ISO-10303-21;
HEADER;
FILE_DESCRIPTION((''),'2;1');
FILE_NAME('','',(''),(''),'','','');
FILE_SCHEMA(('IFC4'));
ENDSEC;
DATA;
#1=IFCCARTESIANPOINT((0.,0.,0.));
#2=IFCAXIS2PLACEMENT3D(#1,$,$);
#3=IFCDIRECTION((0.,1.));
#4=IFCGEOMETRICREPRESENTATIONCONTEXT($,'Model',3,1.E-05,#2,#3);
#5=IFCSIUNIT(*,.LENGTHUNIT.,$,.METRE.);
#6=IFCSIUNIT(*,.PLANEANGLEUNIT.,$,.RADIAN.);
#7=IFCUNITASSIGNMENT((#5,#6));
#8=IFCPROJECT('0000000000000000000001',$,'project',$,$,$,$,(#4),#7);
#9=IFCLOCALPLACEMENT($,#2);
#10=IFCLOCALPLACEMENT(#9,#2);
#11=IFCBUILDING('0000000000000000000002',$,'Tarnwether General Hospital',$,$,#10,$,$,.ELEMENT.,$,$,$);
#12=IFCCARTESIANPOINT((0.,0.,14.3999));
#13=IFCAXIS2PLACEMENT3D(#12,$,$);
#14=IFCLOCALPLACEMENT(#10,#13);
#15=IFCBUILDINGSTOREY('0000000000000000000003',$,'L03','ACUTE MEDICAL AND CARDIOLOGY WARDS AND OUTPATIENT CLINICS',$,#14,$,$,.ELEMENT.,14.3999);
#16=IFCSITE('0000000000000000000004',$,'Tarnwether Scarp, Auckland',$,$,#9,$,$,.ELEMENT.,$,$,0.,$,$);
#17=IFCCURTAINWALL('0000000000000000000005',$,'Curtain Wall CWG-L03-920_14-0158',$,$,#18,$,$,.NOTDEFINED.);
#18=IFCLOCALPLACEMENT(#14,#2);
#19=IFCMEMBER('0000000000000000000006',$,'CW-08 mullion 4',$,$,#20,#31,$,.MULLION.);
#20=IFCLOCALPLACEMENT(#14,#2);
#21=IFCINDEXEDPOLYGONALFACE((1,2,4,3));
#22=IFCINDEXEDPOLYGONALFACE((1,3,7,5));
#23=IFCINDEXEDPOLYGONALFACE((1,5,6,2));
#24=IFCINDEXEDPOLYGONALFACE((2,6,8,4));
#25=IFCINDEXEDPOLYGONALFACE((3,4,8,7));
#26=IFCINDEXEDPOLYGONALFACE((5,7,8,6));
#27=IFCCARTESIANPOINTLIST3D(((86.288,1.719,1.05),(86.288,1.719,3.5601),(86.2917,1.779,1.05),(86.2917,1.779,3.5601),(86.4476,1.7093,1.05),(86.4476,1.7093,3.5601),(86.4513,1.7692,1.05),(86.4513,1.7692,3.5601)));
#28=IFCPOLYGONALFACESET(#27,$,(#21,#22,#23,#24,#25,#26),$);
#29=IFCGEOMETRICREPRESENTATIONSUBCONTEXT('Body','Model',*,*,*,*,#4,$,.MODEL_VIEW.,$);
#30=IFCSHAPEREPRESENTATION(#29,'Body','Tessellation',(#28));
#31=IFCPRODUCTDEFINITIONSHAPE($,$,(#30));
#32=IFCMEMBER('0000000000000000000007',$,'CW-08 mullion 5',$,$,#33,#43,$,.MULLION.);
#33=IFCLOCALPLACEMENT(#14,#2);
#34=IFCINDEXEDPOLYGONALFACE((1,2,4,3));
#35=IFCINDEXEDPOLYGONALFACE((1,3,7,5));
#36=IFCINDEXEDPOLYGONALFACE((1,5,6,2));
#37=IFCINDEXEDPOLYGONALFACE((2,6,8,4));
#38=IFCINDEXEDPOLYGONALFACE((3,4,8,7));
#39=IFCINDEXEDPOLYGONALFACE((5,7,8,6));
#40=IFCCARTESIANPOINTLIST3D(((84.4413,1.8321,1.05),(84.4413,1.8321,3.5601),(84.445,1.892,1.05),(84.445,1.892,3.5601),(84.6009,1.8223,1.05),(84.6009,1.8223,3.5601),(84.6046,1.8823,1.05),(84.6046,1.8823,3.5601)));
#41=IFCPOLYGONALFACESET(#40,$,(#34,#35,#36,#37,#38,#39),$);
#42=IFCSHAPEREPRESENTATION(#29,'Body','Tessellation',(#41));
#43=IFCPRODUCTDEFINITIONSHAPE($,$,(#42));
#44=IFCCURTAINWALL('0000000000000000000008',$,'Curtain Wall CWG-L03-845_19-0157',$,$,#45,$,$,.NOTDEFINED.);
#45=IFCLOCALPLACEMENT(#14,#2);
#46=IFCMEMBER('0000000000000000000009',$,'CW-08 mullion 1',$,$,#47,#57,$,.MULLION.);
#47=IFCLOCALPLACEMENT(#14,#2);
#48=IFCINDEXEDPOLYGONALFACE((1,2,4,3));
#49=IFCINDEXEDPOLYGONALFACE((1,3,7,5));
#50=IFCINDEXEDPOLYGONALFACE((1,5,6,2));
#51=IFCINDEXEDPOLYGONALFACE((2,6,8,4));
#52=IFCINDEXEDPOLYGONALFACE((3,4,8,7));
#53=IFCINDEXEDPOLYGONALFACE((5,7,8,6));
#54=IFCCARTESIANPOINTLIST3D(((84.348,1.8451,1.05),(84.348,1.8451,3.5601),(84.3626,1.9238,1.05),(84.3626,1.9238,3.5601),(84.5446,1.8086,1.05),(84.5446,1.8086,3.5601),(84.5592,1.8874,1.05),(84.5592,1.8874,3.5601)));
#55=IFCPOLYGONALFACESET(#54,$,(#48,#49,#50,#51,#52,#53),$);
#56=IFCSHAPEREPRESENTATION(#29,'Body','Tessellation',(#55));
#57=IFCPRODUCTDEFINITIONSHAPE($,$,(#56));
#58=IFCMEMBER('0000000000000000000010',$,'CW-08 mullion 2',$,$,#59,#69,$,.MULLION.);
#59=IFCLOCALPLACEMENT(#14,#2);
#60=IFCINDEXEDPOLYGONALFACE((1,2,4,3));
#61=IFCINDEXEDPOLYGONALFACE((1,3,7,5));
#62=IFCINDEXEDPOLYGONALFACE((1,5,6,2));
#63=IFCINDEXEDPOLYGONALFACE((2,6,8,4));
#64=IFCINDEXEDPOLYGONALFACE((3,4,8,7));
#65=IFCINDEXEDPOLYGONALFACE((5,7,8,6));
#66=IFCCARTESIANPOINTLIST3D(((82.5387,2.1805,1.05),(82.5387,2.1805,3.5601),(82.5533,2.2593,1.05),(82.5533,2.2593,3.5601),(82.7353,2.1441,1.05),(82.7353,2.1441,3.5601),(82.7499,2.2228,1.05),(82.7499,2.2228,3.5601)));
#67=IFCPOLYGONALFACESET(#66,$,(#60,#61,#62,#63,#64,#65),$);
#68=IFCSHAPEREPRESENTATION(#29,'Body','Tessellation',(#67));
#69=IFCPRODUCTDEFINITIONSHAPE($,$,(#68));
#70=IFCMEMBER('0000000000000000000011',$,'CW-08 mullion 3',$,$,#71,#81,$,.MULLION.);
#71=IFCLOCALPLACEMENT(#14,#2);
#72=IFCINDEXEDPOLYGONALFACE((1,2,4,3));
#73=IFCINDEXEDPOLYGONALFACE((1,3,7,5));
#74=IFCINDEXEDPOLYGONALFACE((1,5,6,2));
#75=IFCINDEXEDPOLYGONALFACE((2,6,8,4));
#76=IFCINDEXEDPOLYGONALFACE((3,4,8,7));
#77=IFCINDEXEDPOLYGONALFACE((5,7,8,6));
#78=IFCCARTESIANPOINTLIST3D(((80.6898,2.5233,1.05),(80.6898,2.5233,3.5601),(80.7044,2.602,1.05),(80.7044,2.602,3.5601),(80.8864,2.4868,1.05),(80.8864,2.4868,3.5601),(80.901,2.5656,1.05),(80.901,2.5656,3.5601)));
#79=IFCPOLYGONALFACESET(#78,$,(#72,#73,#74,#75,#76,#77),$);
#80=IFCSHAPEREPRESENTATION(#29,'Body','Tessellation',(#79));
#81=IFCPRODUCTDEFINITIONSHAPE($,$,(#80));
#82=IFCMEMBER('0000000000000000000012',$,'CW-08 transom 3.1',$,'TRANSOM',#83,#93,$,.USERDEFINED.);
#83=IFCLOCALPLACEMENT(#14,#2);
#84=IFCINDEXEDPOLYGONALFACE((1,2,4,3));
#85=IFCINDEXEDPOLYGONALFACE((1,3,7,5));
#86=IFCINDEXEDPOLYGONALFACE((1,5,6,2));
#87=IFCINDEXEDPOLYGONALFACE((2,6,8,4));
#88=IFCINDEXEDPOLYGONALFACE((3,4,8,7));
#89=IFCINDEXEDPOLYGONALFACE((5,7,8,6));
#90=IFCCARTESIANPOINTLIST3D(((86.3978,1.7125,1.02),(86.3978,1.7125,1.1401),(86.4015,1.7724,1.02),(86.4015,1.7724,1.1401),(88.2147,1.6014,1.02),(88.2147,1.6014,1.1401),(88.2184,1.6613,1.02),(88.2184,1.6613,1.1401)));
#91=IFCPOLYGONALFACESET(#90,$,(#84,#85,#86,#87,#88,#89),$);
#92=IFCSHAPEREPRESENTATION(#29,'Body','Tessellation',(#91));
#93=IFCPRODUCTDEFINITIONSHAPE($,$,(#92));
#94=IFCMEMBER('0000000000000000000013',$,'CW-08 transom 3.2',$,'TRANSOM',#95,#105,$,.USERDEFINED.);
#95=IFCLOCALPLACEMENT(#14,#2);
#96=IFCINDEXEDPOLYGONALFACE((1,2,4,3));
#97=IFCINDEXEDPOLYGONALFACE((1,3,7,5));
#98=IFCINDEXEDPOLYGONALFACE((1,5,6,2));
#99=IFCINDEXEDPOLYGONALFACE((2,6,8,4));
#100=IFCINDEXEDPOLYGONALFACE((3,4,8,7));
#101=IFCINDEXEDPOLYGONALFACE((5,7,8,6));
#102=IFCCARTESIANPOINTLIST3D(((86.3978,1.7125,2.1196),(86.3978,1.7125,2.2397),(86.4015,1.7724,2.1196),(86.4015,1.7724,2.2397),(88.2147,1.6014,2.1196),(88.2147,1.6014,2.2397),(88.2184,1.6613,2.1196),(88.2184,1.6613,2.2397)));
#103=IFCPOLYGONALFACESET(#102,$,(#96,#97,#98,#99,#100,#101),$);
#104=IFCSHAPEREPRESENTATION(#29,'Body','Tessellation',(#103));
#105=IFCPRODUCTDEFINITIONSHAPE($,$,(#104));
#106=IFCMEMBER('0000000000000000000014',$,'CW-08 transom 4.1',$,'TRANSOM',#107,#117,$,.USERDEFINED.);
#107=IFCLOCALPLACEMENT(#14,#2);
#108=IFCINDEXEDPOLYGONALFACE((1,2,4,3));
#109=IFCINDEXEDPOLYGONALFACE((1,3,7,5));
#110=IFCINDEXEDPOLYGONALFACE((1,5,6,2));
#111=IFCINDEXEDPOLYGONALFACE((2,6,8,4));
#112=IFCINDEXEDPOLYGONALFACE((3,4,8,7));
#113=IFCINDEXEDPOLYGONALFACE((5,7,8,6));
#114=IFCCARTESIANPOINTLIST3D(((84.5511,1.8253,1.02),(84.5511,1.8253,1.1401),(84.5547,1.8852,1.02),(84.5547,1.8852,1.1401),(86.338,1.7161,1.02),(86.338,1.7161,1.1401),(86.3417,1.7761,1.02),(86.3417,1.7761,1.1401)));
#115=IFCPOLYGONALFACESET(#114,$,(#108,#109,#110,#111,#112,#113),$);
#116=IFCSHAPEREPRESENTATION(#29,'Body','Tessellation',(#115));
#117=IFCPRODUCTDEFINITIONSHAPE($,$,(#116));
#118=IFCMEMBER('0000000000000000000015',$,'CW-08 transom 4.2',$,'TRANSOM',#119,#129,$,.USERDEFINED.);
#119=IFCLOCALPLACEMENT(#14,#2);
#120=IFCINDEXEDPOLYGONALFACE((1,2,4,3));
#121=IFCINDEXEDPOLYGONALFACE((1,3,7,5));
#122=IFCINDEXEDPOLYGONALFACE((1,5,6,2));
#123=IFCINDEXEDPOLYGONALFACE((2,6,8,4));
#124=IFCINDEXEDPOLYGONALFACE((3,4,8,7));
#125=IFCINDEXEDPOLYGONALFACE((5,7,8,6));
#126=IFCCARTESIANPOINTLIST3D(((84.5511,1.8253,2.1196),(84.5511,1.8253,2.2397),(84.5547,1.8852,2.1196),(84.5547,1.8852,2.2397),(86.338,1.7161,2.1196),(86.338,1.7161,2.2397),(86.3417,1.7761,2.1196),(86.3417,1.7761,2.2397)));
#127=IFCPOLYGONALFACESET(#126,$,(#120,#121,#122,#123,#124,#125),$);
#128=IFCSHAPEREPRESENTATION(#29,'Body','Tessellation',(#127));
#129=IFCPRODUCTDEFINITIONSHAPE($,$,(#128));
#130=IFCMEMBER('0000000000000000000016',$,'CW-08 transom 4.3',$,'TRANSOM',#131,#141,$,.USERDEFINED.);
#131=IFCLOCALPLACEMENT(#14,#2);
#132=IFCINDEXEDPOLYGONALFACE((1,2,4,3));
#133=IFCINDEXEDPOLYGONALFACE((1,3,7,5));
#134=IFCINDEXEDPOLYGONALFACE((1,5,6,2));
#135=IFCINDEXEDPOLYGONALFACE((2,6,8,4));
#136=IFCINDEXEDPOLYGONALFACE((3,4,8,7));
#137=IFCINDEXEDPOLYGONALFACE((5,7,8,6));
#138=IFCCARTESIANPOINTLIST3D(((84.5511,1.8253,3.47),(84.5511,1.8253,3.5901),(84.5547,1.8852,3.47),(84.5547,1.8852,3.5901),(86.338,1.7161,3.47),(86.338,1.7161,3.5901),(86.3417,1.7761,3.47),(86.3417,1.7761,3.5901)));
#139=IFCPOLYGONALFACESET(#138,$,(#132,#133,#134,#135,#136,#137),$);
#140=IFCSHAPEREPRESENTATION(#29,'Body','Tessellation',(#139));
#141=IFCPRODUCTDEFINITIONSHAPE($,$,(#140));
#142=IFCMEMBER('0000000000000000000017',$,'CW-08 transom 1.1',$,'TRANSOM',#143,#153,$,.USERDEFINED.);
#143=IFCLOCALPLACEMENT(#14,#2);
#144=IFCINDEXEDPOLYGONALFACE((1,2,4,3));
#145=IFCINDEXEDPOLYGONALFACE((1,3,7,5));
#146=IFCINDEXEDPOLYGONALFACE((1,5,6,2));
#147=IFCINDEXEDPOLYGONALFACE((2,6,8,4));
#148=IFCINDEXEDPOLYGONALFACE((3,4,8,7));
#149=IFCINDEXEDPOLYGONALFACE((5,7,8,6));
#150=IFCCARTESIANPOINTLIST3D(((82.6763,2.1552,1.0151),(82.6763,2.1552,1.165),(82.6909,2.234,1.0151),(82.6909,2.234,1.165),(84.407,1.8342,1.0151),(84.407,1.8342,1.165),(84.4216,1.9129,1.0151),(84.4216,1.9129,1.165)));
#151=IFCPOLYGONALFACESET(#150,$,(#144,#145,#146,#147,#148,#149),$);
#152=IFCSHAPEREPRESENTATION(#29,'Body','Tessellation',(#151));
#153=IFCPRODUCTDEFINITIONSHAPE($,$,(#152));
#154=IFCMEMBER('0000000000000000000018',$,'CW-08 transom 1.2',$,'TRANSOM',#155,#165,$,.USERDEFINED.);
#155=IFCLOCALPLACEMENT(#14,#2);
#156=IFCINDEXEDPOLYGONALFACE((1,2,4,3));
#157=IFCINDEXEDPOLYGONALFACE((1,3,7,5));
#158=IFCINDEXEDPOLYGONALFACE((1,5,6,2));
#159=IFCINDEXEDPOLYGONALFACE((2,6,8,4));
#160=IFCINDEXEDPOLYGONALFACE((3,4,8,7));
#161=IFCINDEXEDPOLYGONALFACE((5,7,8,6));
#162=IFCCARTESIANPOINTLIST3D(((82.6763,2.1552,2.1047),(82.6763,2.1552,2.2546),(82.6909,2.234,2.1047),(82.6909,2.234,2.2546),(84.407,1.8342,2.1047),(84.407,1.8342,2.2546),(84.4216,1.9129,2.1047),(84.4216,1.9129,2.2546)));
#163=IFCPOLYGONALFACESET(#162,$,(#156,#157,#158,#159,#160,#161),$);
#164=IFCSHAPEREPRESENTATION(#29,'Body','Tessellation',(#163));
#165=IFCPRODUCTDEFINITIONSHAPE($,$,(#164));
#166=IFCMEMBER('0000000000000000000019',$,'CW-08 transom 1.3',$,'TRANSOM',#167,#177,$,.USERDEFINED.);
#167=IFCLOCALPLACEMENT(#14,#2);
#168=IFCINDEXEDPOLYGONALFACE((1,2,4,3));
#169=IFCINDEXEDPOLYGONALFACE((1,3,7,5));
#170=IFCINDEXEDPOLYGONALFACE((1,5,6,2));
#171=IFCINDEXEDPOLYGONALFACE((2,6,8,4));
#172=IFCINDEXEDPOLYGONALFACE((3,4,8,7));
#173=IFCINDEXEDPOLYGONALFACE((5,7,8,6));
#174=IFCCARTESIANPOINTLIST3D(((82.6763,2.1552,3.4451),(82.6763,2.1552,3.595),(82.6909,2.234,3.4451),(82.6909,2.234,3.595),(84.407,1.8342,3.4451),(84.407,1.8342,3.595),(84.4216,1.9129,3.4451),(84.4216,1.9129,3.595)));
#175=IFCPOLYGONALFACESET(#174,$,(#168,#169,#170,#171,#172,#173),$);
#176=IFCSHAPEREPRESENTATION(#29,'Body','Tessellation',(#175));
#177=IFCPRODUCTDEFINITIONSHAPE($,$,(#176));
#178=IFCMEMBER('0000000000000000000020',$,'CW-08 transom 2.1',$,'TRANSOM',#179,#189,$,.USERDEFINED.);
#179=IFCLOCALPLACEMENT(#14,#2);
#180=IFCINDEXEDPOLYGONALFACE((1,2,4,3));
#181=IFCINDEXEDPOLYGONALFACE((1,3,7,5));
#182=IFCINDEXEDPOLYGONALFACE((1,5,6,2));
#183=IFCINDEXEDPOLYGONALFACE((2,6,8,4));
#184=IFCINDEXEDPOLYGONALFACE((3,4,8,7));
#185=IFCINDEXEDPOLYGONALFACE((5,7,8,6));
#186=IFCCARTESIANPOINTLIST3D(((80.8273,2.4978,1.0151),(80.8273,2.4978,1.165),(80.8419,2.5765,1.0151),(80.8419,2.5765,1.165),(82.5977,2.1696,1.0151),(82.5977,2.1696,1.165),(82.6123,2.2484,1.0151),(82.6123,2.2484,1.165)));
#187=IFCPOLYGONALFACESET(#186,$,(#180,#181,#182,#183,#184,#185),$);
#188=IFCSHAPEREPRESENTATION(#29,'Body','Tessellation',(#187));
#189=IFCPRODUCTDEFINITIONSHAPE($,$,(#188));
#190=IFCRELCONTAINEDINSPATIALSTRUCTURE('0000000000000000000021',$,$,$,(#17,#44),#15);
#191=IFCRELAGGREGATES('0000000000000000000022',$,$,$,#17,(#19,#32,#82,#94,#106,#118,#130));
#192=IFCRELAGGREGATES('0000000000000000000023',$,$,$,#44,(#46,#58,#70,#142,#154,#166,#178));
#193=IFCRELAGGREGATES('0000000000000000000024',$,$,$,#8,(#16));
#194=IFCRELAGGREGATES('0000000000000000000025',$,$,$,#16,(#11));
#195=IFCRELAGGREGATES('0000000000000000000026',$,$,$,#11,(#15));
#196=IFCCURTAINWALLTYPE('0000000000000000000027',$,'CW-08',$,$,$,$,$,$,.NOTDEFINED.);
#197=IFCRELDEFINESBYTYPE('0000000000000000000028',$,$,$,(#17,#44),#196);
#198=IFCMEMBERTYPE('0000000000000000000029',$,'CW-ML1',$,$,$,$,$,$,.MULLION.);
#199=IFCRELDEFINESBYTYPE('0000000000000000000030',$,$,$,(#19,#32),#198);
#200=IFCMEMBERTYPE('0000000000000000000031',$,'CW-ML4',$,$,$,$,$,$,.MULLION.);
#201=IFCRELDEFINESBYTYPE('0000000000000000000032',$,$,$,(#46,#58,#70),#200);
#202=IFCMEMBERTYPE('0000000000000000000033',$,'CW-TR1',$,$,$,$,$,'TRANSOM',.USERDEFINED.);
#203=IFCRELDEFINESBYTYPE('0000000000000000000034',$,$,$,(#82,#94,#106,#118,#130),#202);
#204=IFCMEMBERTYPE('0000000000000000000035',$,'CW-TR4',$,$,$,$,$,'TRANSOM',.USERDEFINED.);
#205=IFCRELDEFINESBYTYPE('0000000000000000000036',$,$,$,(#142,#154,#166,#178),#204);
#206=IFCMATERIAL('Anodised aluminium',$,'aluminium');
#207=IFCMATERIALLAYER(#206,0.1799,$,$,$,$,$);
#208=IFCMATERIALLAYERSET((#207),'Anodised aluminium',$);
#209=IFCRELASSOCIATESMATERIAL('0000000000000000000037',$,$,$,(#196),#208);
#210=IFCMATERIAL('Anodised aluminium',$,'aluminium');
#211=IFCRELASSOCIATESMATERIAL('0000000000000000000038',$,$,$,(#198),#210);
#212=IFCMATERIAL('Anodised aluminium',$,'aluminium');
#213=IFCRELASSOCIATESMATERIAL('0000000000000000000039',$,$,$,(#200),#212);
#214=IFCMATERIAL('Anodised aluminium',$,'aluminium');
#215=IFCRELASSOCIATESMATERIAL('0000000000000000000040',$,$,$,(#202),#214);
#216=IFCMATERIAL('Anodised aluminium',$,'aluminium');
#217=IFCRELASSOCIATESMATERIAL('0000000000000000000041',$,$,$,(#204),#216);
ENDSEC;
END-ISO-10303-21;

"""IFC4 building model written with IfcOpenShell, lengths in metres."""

from ifc_helpers import new_model, si_unit, direction, frame, origin, origin_2d, place, context, subcontext, project, spatial, rectangle, extrude, material, layer, layer_set, material_profile, profile_set, type_object, element, aggregate, save


model = new_model("IFC4")

# Units and contexts
model_context = context("Model", 3, precision=1e-05, world=origin(), true_north=direction((0.0, 1.0)))
body_context = subcontext(model_context, "Body", "Model", "MODEL_VIEW")
ifc_project = project(units=[si_unit("LENGTHUNIT", "METRE"), si_unit("PLANEANGLEUNIT", "RADIAN")], contexts=[model_context])

# Site, building, storey
site_placement = place(None, origin())
site = spatial("IfcSite", under=ifc_project, at=site_placement, Name="Tarnwether Scarp, Auckland", CompositionType="ELEMENT", RefElevation=0.0)
building_placement = place(site_placement, origin())
building = spatial("IfcBuilding", under=site, at=building_placement, Name="Tarnwether General Hospital", CompositionType="ELEMENT")
storey_placement = place(building_placement, frame((0.0, 0.0, 14.3999)))
storey = spatial("IfcBuildingStorey", under=building, at=storey_placement, Name="L03", Description="ACUTE MEDICAL AND CARDIOLOGY WARDS AND OUTPATIENT CLINICS", CompositionType="ELEMENT", Elevation=14.3999)

# Curtain walls, members
ifc_material_1 = material(Name="Anodised aluminium", Category="aluminium")
ifc_layer_1 = layer(ifc_material_1, 0.1799)
ifc_layer_set_1 = layer_set([ifc_layer_1], Name="Anodised aluminium")
curtain_wall_type = type_object("IfcCurtainWallType", Name="CW-08", PredefinedType="NOTDEFINED", material=ifc_layer_set_1)
curtain_wall_1_placement = place(storey_placement, origin())
curtain_wall_1 = element("IfcCurtainWall", 1, at=curtain_wall_1_placement, inside=storey, type_object=curtain_wall_type, Name="Curtain Wall CWG-L03-920_14-0158", PredefinedType="NOTDEFINED")
ifc_material_2 = material(Name="Anodised aluminium", Category="aluminium")
ifc_material_profile_1 = material_profile(ifc_material_2, rectangle(XDim=0.0601, YDim=0.1599, at=origin_2d()), Name="ALU-MUL-60x160")
ifc_profile_set_1 = profile_set([ifc_material_profile_1], Name="Anodised aluminium")
member_type_1 = type_object("IfcMemberType", Name="CW-ML1", PredefinedType="MULLION", material=ifc_profile_set_1)
member_1_placement = place(storey_placement, frame((86.3696, 1.7441, 1.05), z_axis=(0.0, 0.0, 1.0), x_axis=(-0.061029, -0.998136, 0.0)))
member_1 = element("IfcMember", 2, at=member_1_placement, type_object=member_type_1, Name="CW-08 mullion 4", PredefinedType="MULLION", context=body_context, shape_type="SweptSolid", body=[
    extrude(rectangle(XDim=0.0601, YDim=0.1599, at=origin_2d()), origin(), (0.0, 0.0, 1.0), 2.51),
])
member_2_placement = place(storey_placement, frame((84.5229, 1.8572, 1.05), z_axis=(0.0, 0.0, 1.0), x_axis=(-0.061029, -0.998136, 0.0)))
member_2 = element("IfcMember", 3, at=member_2_placement, type_object=member_type_1, Name="CW-08 mullion 5", PredefinedType="MULLION", context=body_context, shape_type="SweptSolid", body=[
    extrude(rectangle(XDim=0.0601, YDim=0.1599, at=origin_2d()), origin(), (0.0, 0.0, 1.0), 2.51),
])
curtain_wall_2_placement = place(storey_placement, origin())
curtain_wall_2 = element("IfcCurtainWall", 4, at=curtain_wall_2_placement, inside=storey, type_object=curtain_wall_type, Name="Curtain Wall CWG-L03-845_19-0157", PredefinedType="NOTDEFINED")
ifc_material_3 = material(Name="Anodised aluminium", Category="aluminium")
ifc_material_profile_2 = material_profile(ifc_material_3, rectangle(XDim=0.0801, YDim=0.2, at=origin_2d()), Name="ALU-MUL-80x200")
ifc_profile_set_2 = profile_set([ifc_material_profile_2], Name="Anodised aluminium")
member_type_2 = type_object("IfcMemberType", Name="CW-ML4", PredefinedType="MULLION", material=ifc_profile_set_2)
member_3_placement = place(storey_placement, frame((84.4536, 1.8662, 1.05), z_axis=(0.0, 0.0, 1.0), x_axis=(-0.182289, -0.983245, 0.0)))
member_3 = element("IfcMember", 5, at=member_3_placement, type_object=member_type_2, Name="CW-08 mullion 1", PredefinedType="MULLION", context=body_context, shape_type="SweptSolid", body=[
    extrude(rectangle(XDim=0.0801, YDim=0.2, at=origin_2d()), origin(), (0.0, 0.0, 1.0), 2.51),
])
member_4_placement = place(storey_placement, frame((82.6443, 2.2017, 1.05), z_axis=(0.0, 0.0, 1.0), x_axis=(-0.182289, -0.983245, 0.0)))
member_4 = element("IfcMember", 6, at=member_4_placement, type_object=member_type_2, Name="CW-08 mullion 2", PredefinedType="MULLION", context=body_context, shape_type="SweptSolid", body=[
    extrude(rectangle(XDim=0.0801, YDim=0.2, at=origin_2d()), origin(), (0.0, 0.0, 1.0), 2.51),
])
member_5_placement = place(storey_placement, frame((80.7954, 2.5444, 1.05), z_axis=(0.0, 0.0, 1.0), x_axis=(-0.182289, -0.983245, 0.0)))
member_5 = element("IfcMember", 7, at=member_5_placement, type_object=member_type_2, Name="CW-08 mullion 3", PredefinedType="MULLION", context=body_context, shape_type="SweptSolid", body=[
    extrude(rectangle(XDim=0.0801, YDim=0.2, at=origin_2d()), origin(), (0.0, 0.0, 1.0), 2.51),
])

# Members
ifc_material_4 = material(Name="Anodised aluminium", Category="aluminium")
ifc_material_profile_3 = material_profile(ifc_material_4, rectangle(XDim=0.0601, YDim=0.1201, at=origin_2d()), Name="ALU-TRN-60x120")
ifc_profile_set_3 = profile_set([ifc_material_profile_3], Name="Anodised aluminium")
member_type_3 = type_object("IfcMemberType", Name="CW-TR1", ElementType="TRANSOM", PredefinedType="USERDEFINED", material=ifc_profile_set_3)
member_6_placement = place(storey_placement, frame((88.2166, 1.6313, 1.0801), z_axis=(-0.998136, 0.061026, 0.0), x_axis=(-0.061026, -0.998136, 0.0)))
member_6 = element("IfcMember", 8, at=member_6_placement, type_object=member_type_3, Name="CW-08 transom 3.1", ObjectType="TRANSOM", PredefinedType="USERDEFINED", context=body_context, shape_type="SweptSolid", body=[
    extrude(rectangle(XDim=0.0601, YDim=0.1201, at=origin_2d()), origin(), (0.0, 0.0, 1.0), 1.8203),
])
member_7_placement = place(storey_placement, frame((88.2166, 1.6313, 2.1797), z_axis=(-0.998136, 0.061026, 0.0), x_axis=(-0.061026, -0.998136, 0.0)))
member_7 = element("IfcMember", 9, at=member_7_placement, type_object=member_type_3, Name="CW-08 transom 3.2", ObjectType="TRANSOM", PredefinedType="USERDEFINED", context=body_context, shape_type="SweptSolid", body=[
    extrude(rectangle(XDim=0.0601, YDim=0.1201, at=origin_2d()), origin(), (0.0, 0.0, 1.0), 1.8203),
])
member_8_placement = place(storey_placement, frame((86.3398, 1.7461, 1.0801), z_axis=(-0.99814, 0.06096, 0.0), x_axis=(-0.06096, -0.99814, 0.0)))
member_8 = element("IfcMember", 10, at=member_8_placement, type_object=member_type_3, Name="CW-08 transom 4.1", ObjectType="TRANSOM", PredefinedType="USERDEFINED", context=body_context, shape_type="SweptSolid", body=[
    extrude(rectangle(XDim=0.0601, YDim=0.1201, at=origin_2d()), origin(), (0.0, 0.0, 1.0), 1.7903),
])
member_9_placement = place(storey_placement, frame((86.3398, 1.7461, 2.1797), z_axis=(-0.99814, 0.06096, 0.0), x_axis=(-0.06096, -0.99814, 0.0)))
member_9 = element("IfcMember", 11, at=member_9_placement, type_object=member_type_3, Name="CW-08 transom 4.2", ObjectType="TRANSOM", PredefinedType="USERDEFINED", context=body_context, shape_type="SweptSolid", body=[
    extrude(rectangle(XDim=0.0601, YDim=0.1201, at=origin_2d()), origin(), (0.0, 0.0, 1.0), 1.7903),
])
member_10_placement = place(storey_placement, frame((86.3398, 1.7461, 3.53), z_axis=(-0.99814, 0.06096, 0.0), x_axis=(-0.06096, -0.99814, 0.0)))
member_10 = element("IfcMember", 12, at=member_10_placement, type_object=member_type_3, Name="CW-08 transom 4.3", ObjectType="TRANSOM", PredefinedType="USERDEFINED", context=body_context, shape_type="SweptSolid", body=[
    extrude(rectangle(XDim=0.0601, YDim=0.1201, at=origin_2d()), origin(), (0.0, 0.0, 1.0), 1.7903),
])
ifc_material_5 = material(Name="Anodised aluminium", Category="aluminium")
ifc_material_profile_4 = material_profile(ifc_material_5, rectangle(XDim=0.0801, YDim=0.1499, at=origin_2d()), Name="ALU-TRN-80x150")
ifc_profile_set_4 = profile_set([ifc_material_profile_4], Name="Anodised aluminium")
member_type_4 = type_object("IfcMemberType", Name="CW-TR4", ElementType="TRANSOM", PredefinedType="USERDEFINED", material=ifc_profile_set_4)
member_11_placement = place(storey_placement, frame((84.4143, 1.8735, 1.0901), z_axis=(-0.983227, 0.182387, 0.0), x_axis=(-0.182387, -0.983227, 0.0)))
member_11 = element("IfcMember", 13, at=member_11_placement, type_object=member_type_4, Name="CW-08 transom 1.1", ObjectType="TRANSOM", PredefinedType="USERDEFINED", context=body_context, shape_type="SweptSolid", body=[
    extrude(rectangle(XDim=0.0801, YDim=0.1499, at=origin_2d()), origin(), (0.0, 0.0, 1.0), 1.7603),
])
member_12_placement = place(storey_placement, frame((84.4143, 1.8735, 2.1797), z_axis=(-0.983227, 0.182387, 0.0), x_axis=(-0.182387, -0.983227, 0.0)))
member_12 = element("IfcMember", 14, at=member_12_placement, type_object=member_type_4, Name="CW-08 transom 1.2", ObjectType="TRANSOM", PredefinedType="USERDEFINED", context=body_context, shape_type="SweptSolid", body=[
    extrude(rectangle(XDim=0.0801, YDim=0.1499, at=origin_2d()), origin(), (0.0, 0.0, 1.0), 1.7603),
])
member_13_placement = place(storey_placement, frame((84.4143, 1.8735, 3.52), z_axis=(-0.983227, 0.182387, 0.0), x_axis=(-0.182387, -0.983227, 0.0)))
member_13 = element("IfcMember", 15, at=member_13_placement, type_object=member_type_4, Name="CW-08 transom 1.3", ObjectType="TRANSOM", PredefinedType="USERDEFINED", context=body_context, shape_type="SweptSolid", body=[
    extrude(rectangle(XDim=0.0801, YDim=0.1499, at=origin_2d()), origin(), (0.0, 0.0, 1.0), 1.7603),
])
member_14_placement = place(storey_placement, frame((82.605, 2.209, 1.0901), z_axis=(-0.983252, 0.182249, 0.0), x_axis=(-0.182249, -0.983252, 0.0)))
member_14 = element("IfcMember", 16, at=member_14_placement, type_object=member_type_4, Name="CW-08 transom 2.1", ObjectType="TRANSOM", PredefinedType="USERDEFINED", context=body_context, shape_type="SweptSolid", body=[
    extrude(rectangle(XDim=0.0801, YDim=0.1499, at=origin_2d()), origin(), (0.0, 0.0, 1.0), 1.8005),
])

aggregate(curtain_wall_1, [member_1, member_2, member_6, member_7, member_8, member_9, member_10])
aggregate(curtain_wall_2, [member_3, member_4, member_5, member_11, member_12, member_13, member_14])

save(model, "model.ifc")
